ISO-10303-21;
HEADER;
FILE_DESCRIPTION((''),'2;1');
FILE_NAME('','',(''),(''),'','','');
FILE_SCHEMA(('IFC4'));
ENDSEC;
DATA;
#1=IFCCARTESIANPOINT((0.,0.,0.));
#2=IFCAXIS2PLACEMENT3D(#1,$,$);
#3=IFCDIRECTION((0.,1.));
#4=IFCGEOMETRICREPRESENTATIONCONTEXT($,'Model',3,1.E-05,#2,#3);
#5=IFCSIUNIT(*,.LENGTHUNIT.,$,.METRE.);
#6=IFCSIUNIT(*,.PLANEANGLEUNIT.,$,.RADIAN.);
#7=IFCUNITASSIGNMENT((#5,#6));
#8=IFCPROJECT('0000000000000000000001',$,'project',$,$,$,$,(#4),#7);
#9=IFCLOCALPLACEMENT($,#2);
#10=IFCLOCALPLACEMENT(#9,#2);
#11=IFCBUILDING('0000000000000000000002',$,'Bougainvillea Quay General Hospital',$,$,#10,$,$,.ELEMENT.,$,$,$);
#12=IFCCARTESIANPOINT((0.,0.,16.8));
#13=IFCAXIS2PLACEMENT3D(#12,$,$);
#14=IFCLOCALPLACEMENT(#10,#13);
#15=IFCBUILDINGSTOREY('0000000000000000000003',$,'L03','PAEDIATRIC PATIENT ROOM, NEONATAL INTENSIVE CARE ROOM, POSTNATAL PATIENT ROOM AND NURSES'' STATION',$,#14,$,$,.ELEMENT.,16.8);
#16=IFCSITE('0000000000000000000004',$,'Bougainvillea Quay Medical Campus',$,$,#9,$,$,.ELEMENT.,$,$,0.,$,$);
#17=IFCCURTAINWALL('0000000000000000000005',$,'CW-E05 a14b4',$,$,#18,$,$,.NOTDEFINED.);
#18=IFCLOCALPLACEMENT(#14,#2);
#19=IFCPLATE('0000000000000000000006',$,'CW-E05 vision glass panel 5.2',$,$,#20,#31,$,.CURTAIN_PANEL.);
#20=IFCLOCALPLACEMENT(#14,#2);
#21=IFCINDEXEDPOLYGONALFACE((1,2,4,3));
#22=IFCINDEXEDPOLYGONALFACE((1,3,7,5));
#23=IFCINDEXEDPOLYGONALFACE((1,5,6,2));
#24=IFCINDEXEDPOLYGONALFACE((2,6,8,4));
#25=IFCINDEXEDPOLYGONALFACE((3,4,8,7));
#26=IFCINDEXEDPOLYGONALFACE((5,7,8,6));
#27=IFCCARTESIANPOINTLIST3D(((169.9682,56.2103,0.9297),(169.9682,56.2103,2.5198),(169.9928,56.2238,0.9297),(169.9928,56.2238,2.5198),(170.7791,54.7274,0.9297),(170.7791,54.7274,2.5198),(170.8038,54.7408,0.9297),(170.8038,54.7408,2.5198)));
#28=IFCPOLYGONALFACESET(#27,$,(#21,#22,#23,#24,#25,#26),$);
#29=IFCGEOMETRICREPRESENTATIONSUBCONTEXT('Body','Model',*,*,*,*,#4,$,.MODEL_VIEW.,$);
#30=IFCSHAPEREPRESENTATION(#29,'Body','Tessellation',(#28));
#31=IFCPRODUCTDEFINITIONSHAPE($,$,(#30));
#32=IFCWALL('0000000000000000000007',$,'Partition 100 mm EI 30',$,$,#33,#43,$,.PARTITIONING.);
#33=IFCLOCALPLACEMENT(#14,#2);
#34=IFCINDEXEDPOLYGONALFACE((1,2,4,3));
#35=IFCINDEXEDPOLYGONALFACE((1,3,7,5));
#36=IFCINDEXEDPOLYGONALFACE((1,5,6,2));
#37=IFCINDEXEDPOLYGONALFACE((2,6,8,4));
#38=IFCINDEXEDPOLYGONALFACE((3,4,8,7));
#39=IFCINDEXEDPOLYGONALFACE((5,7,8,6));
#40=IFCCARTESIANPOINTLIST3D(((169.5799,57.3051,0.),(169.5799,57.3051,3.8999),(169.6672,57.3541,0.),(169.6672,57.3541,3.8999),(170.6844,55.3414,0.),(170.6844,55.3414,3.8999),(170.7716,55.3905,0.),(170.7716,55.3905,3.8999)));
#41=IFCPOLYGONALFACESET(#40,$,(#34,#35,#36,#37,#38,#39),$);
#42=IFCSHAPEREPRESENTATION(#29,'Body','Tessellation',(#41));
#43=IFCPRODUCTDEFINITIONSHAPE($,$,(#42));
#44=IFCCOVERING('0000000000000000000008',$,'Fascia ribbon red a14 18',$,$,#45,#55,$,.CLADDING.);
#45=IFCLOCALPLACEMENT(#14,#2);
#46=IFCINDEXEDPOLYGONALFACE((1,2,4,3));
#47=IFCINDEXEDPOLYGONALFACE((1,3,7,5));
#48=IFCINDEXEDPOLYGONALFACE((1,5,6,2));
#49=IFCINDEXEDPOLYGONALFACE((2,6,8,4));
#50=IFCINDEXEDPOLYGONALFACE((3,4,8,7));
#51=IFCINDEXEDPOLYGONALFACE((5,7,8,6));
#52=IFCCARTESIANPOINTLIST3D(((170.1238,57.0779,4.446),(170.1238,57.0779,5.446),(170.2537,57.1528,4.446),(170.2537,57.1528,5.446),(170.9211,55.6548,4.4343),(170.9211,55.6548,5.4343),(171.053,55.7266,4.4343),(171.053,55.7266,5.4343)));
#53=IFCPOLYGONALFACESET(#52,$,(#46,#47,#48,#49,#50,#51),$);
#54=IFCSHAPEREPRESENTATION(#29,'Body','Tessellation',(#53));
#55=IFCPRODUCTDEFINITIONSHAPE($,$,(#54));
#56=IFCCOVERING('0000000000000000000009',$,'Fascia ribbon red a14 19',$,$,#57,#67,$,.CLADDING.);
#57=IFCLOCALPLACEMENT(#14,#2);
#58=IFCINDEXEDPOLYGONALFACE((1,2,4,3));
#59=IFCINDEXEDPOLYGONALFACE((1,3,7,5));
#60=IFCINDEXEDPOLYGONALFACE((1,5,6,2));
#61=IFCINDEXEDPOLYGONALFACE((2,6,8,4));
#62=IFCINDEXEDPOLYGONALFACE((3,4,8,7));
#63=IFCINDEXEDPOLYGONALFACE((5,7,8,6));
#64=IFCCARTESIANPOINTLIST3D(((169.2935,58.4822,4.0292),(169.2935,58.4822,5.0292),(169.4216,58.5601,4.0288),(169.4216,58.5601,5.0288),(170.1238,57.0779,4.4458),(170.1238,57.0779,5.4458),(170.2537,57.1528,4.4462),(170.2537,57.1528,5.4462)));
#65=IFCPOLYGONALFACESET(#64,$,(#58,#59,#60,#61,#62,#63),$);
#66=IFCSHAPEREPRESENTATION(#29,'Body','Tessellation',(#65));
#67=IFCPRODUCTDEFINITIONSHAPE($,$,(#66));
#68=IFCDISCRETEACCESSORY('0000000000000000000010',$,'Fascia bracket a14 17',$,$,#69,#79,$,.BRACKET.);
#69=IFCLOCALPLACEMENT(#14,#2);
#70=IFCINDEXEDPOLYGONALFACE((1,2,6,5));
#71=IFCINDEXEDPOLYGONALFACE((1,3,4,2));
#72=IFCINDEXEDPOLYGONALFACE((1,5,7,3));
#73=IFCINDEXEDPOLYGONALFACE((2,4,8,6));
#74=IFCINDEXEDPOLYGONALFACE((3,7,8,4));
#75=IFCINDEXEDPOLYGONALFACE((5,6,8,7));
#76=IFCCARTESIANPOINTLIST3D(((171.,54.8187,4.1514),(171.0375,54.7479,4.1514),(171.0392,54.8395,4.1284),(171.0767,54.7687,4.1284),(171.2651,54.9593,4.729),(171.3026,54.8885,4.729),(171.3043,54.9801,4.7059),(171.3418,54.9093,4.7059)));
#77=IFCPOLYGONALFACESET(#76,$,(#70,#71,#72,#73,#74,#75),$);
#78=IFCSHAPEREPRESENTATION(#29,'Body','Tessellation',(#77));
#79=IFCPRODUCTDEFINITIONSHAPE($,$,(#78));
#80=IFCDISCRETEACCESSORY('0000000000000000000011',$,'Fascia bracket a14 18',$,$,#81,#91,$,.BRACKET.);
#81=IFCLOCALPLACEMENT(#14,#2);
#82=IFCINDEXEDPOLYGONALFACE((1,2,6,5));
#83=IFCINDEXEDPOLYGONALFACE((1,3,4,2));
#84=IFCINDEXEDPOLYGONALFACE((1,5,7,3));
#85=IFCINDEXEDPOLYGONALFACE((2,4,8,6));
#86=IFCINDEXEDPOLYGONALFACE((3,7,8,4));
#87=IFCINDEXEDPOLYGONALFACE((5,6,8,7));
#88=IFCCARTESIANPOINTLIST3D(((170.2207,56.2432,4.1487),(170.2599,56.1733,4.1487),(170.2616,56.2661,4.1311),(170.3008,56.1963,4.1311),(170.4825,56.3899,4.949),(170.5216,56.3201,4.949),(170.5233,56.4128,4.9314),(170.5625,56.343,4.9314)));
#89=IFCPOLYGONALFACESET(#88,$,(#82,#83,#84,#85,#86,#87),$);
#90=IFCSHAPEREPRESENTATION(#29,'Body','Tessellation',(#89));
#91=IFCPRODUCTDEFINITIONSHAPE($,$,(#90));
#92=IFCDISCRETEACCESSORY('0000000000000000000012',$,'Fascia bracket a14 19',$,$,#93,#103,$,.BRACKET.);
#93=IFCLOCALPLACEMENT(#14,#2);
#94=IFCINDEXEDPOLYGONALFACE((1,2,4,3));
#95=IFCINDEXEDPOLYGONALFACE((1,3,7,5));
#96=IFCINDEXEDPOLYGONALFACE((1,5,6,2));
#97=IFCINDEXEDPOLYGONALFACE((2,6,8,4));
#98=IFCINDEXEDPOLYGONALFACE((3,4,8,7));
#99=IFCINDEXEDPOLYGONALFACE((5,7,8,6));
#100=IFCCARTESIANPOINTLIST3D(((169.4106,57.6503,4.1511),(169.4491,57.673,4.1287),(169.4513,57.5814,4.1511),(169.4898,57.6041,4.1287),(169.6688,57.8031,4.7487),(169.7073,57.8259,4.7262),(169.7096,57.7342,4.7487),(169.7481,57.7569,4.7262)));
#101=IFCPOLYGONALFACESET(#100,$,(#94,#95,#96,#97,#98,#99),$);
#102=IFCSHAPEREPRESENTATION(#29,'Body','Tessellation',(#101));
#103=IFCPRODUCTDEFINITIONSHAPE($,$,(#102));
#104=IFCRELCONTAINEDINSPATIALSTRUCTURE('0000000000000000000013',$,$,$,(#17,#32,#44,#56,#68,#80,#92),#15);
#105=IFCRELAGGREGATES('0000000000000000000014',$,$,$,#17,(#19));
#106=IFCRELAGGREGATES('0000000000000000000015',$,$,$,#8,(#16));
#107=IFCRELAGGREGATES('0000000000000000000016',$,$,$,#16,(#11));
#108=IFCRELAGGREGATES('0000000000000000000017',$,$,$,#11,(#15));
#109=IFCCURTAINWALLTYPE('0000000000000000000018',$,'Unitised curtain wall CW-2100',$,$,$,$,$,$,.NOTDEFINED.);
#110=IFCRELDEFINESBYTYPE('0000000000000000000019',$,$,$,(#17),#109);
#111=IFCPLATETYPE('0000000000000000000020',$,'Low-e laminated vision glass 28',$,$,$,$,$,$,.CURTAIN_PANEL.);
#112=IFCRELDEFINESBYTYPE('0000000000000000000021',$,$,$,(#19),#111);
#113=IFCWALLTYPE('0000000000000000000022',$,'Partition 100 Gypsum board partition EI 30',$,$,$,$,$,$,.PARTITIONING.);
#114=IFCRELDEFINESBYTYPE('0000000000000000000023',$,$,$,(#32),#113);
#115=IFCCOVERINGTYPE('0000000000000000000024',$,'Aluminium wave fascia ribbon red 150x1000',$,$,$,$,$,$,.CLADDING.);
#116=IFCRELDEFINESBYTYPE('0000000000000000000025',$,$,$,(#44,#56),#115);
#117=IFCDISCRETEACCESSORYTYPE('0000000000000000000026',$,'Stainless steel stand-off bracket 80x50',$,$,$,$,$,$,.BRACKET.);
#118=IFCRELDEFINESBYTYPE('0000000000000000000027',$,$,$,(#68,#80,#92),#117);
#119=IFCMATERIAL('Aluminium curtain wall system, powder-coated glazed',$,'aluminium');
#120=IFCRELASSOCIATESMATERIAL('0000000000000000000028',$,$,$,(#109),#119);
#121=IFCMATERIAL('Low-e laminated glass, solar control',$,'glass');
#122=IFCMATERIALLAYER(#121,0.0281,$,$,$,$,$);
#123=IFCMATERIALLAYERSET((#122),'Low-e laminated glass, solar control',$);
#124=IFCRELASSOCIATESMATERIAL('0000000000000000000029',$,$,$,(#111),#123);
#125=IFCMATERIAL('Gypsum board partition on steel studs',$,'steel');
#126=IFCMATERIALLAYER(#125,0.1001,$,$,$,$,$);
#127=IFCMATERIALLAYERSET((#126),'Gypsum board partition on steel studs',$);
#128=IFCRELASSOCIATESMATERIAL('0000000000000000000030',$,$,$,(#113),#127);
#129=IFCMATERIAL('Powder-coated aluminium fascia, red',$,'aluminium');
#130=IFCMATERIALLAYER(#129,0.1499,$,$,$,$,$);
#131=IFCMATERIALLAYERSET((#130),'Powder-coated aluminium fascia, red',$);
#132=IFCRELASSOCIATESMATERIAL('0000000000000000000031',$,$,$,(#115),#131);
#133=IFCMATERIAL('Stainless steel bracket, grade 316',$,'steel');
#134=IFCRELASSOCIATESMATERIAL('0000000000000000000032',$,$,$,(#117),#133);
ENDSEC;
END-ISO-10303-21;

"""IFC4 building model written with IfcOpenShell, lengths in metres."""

from ifc_helpers import new_model, si_unit, direction, frame, frame_2d, origin, origin_2d, place, context, subcontext, project, spatial, polyline, rectangle, outline, extrude, material, layer, layer_set, material_profile, profile_set, type_object, element, aggregate, save


model = new_model("IFC4")

# Units and contexts
model_context = context("Model", 3, precision=1e-05, world=origin(), true_north=direction((0.0, 1.0)))
body_context = subcontext(model_context, "Body", "Model", "MODEL_VIEW")
ifc_project = project(units=[si_unit("LENGTHUNIT", "METRE"), si_unit("PLANEANGLEUNIT", "RADIAN")], contexts=[model_context])

# Site, building, storey
site_placement = place(None, origin())
site = spatial("IfcSite", under=ifc_project, at=site_placement, Name="Bougainvillea Quay Medical Campus", CompositionType="ELEMENT", RefElevation=0.0)
building_placement = place(site_placement, origin())
building = spatial("IfcBuilding", under=site, at=building_placement, Name="Bougainvillea Quay General Hospital", CompositionType="ELEMENT")
storey_placement = place(building_placement, frame((0.0, 0.0, 16.8)))
storey = spatial("IfcBuildingStorey", under=building, at=storey_placement, Name="L03", Description="PAEDIATRIC PATIENT ROOM, NEONATAL INTENSIVE CARE ROOM, POSTNATAL PATIENT ROOM AND NURSES' STATION", CompositionType="ELEMENT", Elevation=16.8)

# Curtain wall
ifc_material_1 = material(Name="Aluminium curtain wall system, powder-coated glazed", Category="aluminium")
curtain_wall_type = type_object("IfcCurtainWallType", Name="Unitised curtain wall CW-2100", PredefinedType="NOTDEFINED", material=ifc_material_1)
curtain_wall_1_placement = place(storey_placement, origin())
curtain_wall_1 = element("IfcCurtainWall", 1, at=curtain_wall_1_placement, inside=storey, type_object=curtain_wall_type, Name="CW-E05 a14b4", PredefinedType="NOTDEFINED")

# Plate
ifc_material_2 = material(Name="Low-e laminated glass, solar control", Category="glass")
ifc_layer_1 = layer(ifc_material_2, 0.0281)
ifc_layer_set_1 = layer_set([ifc_layer_1], Name="Low-e laminated glass, solar control")
plate_type_1 = type_object("IfcPlateType", Name="Low-e laminated vision glass 28", PredefinedType="CURTAIN_PANEL", material=ifc_layer_set_1)
plate_1_placement = place(storey_placement, frame((170.386, 55.4756, 0.9297), z_axis=(0.0, 0.0, 1.0), x_axis=(0.479783, -0.877387, 0.0)))
plate_1 = element("IfcPlate", 2, at=plate_1_placement, type_object=plate_type_1, Name="CW-E05 vision glass panel 5.2", PredefinedType="CURTAIN_PANEL", context=body_context, shape_type="SweptSolid", body=[
    extrude(rectangle(XDim=1.6902, YDim=0.0281, at=origin_2d()), origin(), (0.0, 0.0, 1.0), 1.5901),
])
aggregate(curtain_wall_1, [plate_1])

# Wall
ifc_material_3 = material(Name="Gypsum board partition on steel studs", Category="steel")
ifc_layer_2 = layer(ifc_material_3, 0.1001)
ifc_layer_set_2 = layer_set([ifc_layer_2], Name="Gypsum board partition on steel studs")
wall_type = type_object("IfcWallType", Name="Partition 100 Gypsum board partition EI 30", PredefinedType="PARTITIONING", material=ifc_layer_set_2)
wall_placement = place(storey_placement, frame((169.6235, 57.3296, 0.0), z_axis=(0.0, 0.0, 1.0), x_axis=(0.490246, -0.871584, 0.0)))
element("IfcWall", 3, at=wall_placement, inside=storey, type_object=wall_type, Name="Partition 100 mm EI 30", PredefinedType="PARTITIONING", context=body_context, shape_type="SweptSolid", body=[
    extrude(rectangle(XDim=2.2529, YDim=0.1001, at=frame_2d((1.1265, 0.0))), origin(), (0.0, 0.0, 1.0), 3.8999),
])

# Coverings
ifc_material_4 = material(Name="Powder-coated aluminium fascia, red", Category="aluminium")
ifc_layer_3 = layer(ifc_material_4, 0.1499)
ifc_layer_set_3 = layer_set([ifc_layer_3], Name="Powder-coated aluminium fascia, red")
covering_type = type_object("IfcCoveringType", Name="Aluminium wave fascia ribbon red 150x1000", PredefinedType="CLADDING", material=ifc_layer_set_3)
covering_1_placement = place(storey_placement, frame((170.9211, 55.6548, 4.4343), z_axis=(0.003509, -0.006259, 0.999974), x_axis=(-0.488791, 0.872371, 0.007176)))
element("IfcCovering", 4, at=covering_1_placement, inside=storey, type_object=covering_type, Name="Fascia ribbon red a14 18", PredefinedType="CLADDING", context=body_context, shape_type="SweptSolid", body=[
    extrude(outline(polyline([(0.0, 0.0), (1.6313, 0.0), (1.6332, -0.1499), (-0.0018, -0.1501), (0.0, 0.0)])), origin(), (0.007176, 0.000002, 0.999974), 1.0),
])
covering_2_placement = place(storey_placement, frame((170.1238, 57.0779, 4.4458), z_axis=(-0.12607, 0.212869, 0.968913), x_axis=(-0.493139, 0.83403, -0.2474)))
element("IfcCovering", 5, at=covering_2_placement, inside=storey, type_object=covering_type, Name="Fascia ribbon red a14 19", PredefinedType="CLADDING", context=body_context, shape_type="SweptSolid", body=[
    extrude(outline(polyline([(0.0, 0.0), (1.6837, 0.0), (1.6856, -0.15), (-0.0017, -0.1499), (0.0, 0.0)])), origin(), (-0.2474, -0.000172, 0.968913), 1.0),
])

# Discrete accessories
ifc_material_5 = material(Name="Stainless steel bracket, grade 316", Category="steel")
ifc_material_profile_1 = material_profile(ifc_material_5, rectangle(XDim=0.0801, YDim=0.05, at=origin_2d()))
ifc_profile_set_1 = profile_set([ifc_material_profile_1], Name="Stainless steel bracket, grade 316")
discrete_accessory_type = type_object("IfcDiscreteAccessoryType", Name="Stainless steel stand-off bracket 80x50", PredefinedType="BRACKET", material=ifc_profile_set_1)
discrete_accessory_1_placement = place(storey_placement, frame((171.0383, 54.7937, 4.1399), z_axis=(0.407307, 0.21603, 0.887374), x_axis=(-0.46856, 0.883431, 0.0)))
element("IfcDiscreteAccessory", 6, at=discrete_accessory_1_placement, inside=storey, type_object=discrete_accessory_type, Name="Fascia bracket a14 17", PredefinedType="BRACKET", context=body_context, shape_type="SweptSolid", body=[
    extrude(rectangle(XDim=0.0801, YDim=0.05, at=origin_2d()), origin(), (0.0, 0.0, 1.0), 0.6509),
])
discrete_accessory_2_placement = place(storey_placement, frame((170.2607, 56.2197, 4.1399), z_axis=(0.306215, 0.171675, 0.936355), x_axis=(-0.489025, 0.87227, 0.0)))
element("IfcDiscreteAccessory", 7, at=discrete_accessory_2_placement, inside=storey, type_object=discrete_accessory_type, Name="Fascia bracket a14 18", PredefinedType="BRACKET", context=body_context, shape_type="SweptSolid", body=[
    extrude(rectangle(XDim=0.0801, YDim=0.05, at=origin_2d()), origin(), (0.0, 0.0, 1.0), 0.8547),
])
discrete_accessory_3_placement = place(storey_placement, frame((169.4502, 57.6272, 4.1399), z_axis=(0.386225, 0.228523, 0.893648), x_axis=(-0.509223, 0.860635, 0.0)))
element("IfcDiscreteAccessory", 8, at=discrete_accessory_3_placement, inside=storey, type_object=discrete_accessory_type, Name="Fascia bracket a14 19", PredefinedType="BRACKET", context=body_context, shape_type="SweptSolid", body=[
    extrude(rectangle(XDim=0.0801, YDim=0.05, at=origin_2d()), origin(), (0.0, 0.0, 1.0), 0.6687),
])

save(model, "model.ifc")
